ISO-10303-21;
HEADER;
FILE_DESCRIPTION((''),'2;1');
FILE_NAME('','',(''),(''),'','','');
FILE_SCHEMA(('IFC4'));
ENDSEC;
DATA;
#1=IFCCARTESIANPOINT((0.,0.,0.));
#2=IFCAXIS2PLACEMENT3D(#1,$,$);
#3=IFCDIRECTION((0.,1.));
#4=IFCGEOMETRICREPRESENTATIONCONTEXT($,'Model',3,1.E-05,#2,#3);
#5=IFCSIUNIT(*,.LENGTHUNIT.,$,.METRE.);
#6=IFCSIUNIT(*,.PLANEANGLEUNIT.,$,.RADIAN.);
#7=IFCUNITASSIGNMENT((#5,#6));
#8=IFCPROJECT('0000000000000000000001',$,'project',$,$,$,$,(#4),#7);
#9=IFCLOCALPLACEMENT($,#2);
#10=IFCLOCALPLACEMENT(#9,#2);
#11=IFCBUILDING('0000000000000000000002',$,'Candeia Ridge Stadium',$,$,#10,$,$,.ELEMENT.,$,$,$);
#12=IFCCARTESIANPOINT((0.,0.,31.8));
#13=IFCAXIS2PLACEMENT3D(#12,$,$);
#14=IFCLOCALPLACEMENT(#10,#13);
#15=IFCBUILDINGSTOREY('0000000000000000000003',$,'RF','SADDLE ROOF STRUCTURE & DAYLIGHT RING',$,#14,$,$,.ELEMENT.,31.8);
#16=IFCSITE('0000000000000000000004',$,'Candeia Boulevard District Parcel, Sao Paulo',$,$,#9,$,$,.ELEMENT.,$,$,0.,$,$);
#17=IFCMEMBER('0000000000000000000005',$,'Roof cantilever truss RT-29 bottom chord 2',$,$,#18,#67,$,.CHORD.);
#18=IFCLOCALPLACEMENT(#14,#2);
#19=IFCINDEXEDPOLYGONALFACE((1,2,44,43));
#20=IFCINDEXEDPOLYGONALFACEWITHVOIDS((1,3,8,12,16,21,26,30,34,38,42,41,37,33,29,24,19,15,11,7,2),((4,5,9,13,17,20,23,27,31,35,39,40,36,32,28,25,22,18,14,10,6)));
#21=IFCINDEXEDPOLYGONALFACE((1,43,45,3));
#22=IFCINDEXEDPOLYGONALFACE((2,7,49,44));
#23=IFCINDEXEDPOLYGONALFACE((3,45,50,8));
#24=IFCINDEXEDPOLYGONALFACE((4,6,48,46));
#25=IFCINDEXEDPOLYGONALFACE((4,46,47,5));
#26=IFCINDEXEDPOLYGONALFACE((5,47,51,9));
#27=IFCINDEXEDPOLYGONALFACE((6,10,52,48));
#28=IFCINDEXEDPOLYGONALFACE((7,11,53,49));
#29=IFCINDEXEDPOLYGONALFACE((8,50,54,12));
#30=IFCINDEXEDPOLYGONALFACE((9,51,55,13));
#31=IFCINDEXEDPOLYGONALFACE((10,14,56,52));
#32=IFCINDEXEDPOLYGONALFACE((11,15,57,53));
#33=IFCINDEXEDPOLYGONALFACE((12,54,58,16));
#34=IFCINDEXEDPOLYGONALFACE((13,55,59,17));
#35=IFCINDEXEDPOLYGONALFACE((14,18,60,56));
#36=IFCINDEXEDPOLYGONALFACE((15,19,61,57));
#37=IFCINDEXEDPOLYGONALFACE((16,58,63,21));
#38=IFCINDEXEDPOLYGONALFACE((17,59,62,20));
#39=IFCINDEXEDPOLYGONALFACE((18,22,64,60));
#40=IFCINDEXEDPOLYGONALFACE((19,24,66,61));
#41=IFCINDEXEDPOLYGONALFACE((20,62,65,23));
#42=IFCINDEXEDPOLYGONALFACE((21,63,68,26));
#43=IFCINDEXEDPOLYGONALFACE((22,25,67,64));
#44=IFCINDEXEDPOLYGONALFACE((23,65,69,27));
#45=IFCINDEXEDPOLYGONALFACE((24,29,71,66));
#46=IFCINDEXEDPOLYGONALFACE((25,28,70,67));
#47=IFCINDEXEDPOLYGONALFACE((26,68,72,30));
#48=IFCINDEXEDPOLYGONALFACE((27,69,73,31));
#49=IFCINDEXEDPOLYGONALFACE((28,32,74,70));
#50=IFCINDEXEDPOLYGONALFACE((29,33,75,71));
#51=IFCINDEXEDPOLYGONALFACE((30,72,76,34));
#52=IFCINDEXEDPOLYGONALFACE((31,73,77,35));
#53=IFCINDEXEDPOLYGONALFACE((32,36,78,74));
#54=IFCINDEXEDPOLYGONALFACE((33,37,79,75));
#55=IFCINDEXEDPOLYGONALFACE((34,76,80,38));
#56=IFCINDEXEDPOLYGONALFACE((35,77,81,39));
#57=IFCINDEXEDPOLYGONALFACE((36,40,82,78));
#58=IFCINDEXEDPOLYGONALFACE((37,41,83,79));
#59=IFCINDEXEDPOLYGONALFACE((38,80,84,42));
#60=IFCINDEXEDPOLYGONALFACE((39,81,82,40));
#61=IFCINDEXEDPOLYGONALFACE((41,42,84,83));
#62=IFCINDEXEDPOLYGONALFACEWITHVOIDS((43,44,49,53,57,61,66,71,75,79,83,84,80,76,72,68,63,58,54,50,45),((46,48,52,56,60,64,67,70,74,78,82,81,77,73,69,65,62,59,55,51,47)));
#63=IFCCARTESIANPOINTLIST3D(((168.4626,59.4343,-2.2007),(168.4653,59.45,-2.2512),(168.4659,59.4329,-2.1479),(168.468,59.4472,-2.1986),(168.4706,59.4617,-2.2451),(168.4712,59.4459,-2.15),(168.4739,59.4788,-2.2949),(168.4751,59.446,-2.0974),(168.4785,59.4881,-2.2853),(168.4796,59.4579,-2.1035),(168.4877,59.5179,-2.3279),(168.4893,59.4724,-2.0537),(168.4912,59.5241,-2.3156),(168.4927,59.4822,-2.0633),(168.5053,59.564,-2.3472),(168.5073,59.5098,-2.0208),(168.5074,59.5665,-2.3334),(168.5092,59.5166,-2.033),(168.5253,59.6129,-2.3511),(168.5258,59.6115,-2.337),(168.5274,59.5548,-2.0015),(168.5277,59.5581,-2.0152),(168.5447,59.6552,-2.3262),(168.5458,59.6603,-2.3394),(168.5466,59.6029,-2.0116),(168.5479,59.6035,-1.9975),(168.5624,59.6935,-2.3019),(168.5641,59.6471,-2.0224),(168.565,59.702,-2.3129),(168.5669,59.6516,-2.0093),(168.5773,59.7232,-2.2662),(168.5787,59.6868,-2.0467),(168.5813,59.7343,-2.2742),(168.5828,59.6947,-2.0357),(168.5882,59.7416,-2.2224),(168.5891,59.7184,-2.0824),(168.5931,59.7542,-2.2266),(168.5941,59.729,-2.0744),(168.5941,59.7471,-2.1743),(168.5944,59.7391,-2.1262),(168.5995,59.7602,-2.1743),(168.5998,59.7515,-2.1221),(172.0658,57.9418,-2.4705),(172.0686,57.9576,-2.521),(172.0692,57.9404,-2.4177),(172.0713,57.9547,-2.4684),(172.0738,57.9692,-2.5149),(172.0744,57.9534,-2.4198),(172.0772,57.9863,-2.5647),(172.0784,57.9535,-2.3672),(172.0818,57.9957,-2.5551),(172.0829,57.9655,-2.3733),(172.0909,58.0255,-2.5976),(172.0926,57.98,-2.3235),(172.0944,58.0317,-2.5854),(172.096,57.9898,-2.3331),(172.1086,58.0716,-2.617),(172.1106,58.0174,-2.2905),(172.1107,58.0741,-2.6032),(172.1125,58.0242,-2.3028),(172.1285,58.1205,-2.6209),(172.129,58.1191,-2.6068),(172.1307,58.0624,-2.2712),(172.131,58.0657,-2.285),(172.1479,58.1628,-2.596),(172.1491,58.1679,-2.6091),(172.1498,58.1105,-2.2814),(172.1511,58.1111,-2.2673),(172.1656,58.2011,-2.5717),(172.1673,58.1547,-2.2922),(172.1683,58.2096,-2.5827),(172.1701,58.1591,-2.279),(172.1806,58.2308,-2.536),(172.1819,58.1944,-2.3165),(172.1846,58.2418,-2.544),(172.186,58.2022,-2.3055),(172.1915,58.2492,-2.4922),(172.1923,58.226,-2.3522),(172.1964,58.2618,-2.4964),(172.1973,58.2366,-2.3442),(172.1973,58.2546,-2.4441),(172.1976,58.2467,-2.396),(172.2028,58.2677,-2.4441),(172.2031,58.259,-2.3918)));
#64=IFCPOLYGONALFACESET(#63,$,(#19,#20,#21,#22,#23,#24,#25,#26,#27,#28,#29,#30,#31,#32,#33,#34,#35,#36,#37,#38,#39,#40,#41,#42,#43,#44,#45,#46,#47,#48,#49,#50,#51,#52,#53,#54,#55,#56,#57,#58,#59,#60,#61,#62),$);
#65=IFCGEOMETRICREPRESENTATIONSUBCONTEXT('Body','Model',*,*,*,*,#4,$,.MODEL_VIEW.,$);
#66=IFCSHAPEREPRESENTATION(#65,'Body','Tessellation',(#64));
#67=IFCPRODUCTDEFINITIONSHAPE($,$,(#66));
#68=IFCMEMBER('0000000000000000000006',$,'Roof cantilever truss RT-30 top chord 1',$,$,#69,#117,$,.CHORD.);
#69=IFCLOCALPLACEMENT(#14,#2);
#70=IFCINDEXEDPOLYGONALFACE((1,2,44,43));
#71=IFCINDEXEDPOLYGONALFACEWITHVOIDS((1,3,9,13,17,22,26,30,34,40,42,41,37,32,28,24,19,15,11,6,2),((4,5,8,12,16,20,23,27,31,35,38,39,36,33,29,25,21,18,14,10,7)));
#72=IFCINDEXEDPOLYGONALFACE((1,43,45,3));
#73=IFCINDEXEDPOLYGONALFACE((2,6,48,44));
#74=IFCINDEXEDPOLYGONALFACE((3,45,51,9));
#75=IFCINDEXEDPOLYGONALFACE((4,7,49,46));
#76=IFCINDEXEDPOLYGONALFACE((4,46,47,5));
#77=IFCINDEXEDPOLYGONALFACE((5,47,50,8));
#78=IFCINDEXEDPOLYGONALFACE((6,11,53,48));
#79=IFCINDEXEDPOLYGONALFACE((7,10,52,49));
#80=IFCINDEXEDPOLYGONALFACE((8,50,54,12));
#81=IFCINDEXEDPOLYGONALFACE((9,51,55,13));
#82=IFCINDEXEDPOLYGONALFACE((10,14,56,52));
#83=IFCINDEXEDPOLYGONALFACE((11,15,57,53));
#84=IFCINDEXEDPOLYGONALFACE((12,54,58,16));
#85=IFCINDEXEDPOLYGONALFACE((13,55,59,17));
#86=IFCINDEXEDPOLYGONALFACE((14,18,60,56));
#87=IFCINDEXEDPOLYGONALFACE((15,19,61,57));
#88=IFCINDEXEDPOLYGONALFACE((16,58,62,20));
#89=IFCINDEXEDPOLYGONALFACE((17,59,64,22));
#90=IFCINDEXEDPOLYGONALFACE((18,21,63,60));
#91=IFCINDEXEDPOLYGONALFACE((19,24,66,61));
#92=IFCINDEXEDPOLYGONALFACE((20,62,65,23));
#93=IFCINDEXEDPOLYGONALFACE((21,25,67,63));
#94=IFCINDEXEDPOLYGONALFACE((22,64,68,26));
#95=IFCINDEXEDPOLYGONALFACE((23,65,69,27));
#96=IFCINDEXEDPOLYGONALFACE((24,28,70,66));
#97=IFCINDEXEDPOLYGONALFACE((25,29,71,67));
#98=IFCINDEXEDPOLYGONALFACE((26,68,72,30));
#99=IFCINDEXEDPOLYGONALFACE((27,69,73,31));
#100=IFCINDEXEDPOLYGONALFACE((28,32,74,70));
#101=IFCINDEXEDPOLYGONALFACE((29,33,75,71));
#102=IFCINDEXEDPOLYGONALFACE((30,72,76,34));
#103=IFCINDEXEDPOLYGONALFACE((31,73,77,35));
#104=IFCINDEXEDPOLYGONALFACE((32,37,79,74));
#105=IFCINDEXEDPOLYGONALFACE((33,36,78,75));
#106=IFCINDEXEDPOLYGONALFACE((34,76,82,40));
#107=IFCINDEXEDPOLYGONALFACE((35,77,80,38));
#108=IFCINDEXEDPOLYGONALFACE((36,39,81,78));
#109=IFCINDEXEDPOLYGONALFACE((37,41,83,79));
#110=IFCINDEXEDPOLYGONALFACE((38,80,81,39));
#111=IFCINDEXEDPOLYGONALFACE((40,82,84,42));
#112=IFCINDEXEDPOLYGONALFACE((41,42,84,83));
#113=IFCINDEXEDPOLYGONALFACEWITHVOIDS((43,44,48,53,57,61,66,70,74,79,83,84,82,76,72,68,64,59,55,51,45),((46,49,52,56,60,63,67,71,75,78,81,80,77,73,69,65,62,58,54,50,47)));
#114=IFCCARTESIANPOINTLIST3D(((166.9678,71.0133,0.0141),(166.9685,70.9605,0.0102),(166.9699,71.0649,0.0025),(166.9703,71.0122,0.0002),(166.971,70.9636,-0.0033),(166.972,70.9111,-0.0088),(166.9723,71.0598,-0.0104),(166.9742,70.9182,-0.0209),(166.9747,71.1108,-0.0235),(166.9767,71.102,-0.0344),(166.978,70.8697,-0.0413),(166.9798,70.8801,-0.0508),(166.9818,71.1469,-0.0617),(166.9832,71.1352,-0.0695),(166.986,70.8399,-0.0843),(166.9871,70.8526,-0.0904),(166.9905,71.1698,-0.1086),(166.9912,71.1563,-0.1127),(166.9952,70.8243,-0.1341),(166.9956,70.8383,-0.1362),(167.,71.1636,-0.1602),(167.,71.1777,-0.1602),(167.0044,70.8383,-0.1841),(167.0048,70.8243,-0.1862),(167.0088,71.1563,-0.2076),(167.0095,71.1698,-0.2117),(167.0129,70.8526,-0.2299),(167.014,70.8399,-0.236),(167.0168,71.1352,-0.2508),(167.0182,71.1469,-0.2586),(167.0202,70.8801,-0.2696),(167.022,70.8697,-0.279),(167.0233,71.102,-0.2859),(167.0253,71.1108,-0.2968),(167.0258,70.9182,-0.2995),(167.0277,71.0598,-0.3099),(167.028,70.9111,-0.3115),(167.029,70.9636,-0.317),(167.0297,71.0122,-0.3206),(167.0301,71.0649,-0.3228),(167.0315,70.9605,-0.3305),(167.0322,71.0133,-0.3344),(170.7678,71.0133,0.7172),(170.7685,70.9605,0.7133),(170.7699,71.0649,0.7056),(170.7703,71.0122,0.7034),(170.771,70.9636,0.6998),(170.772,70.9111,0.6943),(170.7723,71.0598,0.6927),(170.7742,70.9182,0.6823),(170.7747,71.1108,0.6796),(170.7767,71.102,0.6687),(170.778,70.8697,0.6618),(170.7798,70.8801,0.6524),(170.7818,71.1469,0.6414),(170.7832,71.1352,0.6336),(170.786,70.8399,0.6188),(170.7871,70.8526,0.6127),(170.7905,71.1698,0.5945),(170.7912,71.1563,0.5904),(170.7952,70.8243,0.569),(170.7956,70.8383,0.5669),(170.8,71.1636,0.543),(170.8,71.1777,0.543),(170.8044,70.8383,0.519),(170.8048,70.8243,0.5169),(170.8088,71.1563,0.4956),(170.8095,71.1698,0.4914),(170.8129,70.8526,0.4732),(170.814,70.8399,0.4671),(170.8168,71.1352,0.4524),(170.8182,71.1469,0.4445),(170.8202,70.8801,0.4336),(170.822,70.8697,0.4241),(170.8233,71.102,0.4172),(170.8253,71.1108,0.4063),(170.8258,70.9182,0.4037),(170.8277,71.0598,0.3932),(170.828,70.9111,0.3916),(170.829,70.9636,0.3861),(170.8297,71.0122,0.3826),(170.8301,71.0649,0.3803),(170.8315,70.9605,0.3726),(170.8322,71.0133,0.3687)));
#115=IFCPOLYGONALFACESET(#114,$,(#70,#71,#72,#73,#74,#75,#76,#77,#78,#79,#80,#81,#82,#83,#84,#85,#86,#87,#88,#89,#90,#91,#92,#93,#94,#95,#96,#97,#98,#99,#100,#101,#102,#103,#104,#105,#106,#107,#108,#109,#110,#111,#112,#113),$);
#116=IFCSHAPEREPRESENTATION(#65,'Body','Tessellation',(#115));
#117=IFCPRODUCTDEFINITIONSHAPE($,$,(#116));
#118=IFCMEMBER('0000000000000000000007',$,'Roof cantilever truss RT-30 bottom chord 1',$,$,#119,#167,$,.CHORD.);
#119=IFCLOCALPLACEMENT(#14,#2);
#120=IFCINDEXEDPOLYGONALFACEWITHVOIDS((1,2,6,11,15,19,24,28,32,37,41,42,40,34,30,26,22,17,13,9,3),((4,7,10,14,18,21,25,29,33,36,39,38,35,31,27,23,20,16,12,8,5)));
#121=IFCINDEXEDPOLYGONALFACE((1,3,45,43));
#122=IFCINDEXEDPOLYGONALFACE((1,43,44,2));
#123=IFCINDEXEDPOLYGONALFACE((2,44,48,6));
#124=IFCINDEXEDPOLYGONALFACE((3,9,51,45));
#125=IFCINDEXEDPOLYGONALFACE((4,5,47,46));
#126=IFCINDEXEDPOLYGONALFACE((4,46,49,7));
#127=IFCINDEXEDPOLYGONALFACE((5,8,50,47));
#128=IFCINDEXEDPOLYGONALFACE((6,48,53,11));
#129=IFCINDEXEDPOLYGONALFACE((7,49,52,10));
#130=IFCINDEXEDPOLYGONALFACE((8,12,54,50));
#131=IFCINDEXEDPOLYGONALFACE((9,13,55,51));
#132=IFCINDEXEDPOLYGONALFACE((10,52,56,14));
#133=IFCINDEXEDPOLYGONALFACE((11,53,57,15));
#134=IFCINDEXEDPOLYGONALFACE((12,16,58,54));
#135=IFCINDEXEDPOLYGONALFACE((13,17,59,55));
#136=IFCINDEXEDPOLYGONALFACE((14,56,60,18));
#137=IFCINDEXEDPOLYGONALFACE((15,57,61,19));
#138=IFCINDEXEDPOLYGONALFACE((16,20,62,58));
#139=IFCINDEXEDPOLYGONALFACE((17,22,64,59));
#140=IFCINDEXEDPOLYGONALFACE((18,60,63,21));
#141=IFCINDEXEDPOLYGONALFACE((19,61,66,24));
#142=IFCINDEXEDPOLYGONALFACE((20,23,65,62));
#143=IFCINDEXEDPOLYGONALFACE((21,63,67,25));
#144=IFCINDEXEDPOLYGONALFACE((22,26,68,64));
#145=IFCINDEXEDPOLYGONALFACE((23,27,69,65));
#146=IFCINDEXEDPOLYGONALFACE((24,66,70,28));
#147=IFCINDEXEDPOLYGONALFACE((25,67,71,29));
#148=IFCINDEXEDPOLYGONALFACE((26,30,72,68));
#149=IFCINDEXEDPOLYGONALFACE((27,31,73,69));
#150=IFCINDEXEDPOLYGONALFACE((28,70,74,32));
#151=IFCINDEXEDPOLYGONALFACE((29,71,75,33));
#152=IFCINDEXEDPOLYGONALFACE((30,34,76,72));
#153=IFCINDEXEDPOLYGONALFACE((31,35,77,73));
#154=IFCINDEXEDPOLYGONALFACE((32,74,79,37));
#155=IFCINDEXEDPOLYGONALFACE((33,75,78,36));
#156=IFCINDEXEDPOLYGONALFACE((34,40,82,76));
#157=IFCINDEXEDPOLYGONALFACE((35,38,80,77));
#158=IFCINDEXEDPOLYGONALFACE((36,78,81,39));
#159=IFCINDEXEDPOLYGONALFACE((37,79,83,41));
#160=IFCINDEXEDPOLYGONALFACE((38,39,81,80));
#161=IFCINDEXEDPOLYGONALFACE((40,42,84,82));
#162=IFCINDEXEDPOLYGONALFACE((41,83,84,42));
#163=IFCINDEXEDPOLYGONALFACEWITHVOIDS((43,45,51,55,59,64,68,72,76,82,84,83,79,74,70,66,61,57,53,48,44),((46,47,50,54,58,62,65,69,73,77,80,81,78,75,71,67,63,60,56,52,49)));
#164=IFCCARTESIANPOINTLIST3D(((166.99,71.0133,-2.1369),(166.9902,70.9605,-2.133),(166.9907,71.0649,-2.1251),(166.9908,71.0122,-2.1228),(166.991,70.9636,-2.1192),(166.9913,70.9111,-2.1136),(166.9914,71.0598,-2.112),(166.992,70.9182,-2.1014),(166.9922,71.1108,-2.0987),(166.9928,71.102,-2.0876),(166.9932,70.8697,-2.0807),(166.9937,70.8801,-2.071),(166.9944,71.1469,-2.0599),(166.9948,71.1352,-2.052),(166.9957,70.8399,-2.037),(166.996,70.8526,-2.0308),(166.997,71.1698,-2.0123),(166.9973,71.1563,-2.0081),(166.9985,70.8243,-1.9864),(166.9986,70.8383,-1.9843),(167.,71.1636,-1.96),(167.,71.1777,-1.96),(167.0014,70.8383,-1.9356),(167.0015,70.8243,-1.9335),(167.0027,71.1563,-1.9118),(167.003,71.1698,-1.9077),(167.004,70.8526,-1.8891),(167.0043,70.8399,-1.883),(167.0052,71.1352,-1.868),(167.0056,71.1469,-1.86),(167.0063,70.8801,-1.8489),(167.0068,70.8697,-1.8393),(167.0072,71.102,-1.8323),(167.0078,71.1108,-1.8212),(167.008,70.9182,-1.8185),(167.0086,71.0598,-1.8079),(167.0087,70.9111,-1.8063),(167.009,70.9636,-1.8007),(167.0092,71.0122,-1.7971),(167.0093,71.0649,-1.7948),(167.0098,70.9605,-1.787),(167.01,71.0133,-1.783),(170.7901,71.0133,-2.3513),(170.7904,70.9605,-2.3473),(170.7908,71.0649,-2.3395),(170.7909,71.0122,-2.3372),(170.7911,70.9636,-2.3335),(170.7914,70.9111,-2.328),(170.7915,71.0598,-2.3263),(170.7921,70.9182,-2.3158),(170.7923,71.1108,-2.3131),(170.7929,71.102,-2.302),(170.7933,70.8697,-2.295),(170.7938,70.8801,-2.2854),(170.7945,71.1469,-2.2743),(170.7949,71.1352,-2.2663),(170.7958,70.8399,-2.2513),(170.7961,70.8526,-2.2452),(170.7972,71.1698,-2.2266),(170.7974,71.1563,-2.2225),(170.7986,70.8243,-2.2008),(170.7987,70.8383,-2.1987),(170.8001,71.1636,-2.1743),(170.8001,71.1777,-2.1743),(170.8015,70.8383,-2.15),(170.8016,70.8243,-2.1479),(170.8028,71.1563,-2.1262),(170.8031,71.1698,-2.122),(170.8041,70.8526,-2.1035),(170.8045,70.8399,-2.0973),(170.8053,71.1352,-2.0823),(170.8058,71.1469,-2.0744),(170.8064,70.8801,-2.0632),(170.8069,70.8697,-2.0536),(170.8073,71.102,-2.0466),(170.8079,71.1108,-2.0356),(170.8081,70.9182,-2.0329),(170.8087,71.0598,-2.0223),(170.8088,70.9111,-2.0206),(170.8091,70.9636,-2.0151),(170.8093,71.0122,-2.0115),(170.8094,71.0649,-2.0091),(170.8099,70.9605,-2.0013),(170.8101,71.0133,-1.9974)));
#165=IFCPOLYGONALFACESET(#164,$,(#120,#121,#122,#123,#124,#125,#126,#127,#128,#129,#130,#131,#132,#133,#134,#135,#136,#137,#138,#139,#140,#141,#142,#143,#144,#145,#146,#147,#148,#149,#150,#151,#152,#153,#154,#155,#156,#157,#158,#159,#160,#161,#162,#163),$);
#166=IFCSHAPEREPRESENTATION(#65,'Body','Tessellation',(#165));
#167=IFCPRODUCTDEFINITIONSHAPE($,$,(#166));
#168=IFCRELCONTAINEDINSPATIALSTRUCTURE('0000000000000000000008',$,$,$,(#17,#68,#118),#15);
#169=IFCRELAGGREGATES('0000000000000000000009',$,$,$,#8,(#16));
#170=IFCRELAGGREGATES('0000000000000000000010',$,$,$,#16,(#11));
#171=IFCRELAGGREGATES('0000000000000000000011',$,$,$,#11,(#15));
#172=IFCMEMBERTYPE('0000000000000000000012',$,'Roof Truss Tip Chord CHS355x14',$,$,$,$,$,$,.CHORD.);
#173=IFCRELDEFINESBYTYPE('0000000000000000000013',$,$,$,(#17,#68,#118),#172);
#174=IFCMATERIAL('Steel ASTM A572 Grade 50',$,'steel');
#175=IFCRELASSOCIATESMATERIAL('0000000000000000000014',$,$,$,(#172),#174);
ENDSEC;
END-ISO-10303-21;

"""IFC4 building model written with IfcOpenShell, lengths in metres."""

from ifc_helpers import new_model, si_unit, direction, frame, origin, origin_2d, place, context, subcontext, project, spatial, hollow_circle, extrude, material, material_profile, profile_set, type_object, element, save


model = new_model("IFC4")

# Units and contexts
model_context = context("Model", 3, precision=1e-05, world=origin(), true_north=direction((0.0, 1.0)))
body_context = subcontext(model_context, "Body", "Model", "MODEL_VIEW")
ifc_project = project(units=[si_unit("LENGTHUNIT", "METRE"), si_unit("PLANEANGLEUNIT", "RADIAN")], contexts=[model_context])

# Site, building, storey
site_placement = place(None, origin())
site = spatial("IfcSite", under=ifc_project, at=site_placement, Name="Candeia Boulevard District Parcel, Sao Paulo", CompositionType="ELEMENT", RefElevation=0.0)
building_placement = place(site_placement, origin())
building = spatial("IfcBuilding", under=site, at=building_placement, Name="Candeia Ridge Stadium", CompositionType="ELEMENT")
storey_placement = place(building_placement, frame((0.0, 0.0, 31.8)))
storey = spatial("IfcBuildingStorey", under=building, at=storey_placement, Name="RF", Description="SADDLE ROOF STRUCTURE & DAYLIGHT RING", CompositionType="ELEMENT", Elevation=31.8)

# Shared definitions
ifc_material_1 = material(Name="Steel ASTM A572 Grade 50", Category="steel")

# Members
ifc_material_profile_1 = material_profile(ifc_material_1, hollow_circle(Radius=0.1777, WallThickness=0.0142, at=origin_2d()), Name="CHS355x14", Category="steel")
ifc_profile_set_1 = profile_set([ifc_material_profile_1], Name="Steel ASTM A572 Grade 50")
member_type_1 = type_object("IfcMemberType", Name="Roof Truss Tip Chord CHS355x14", PredefinedType="CHORD", material=ifc_profile_set_1)
member_1_placement = place(storey_placement, frame((168.5315, 59.5959, -2.1743), z_axis=(0.921686, -0.381751, -0.069006), x_axis=(0.382663, 0.923888, 0.0)))
element("IfcMember", 1, at=member_1_placement, inside=storey, type_object=member_type_1, Name="Roof cantilever truss RT-29 bottom chord 2", PredefinedType="CHORD", context=body_context, shape_type="SweptSolid", body=[
    extrude(hollow_circle(Radius=0.1777, WallThickness=0.0142, at=origin_2d()), origin(), (0.0, 0.0, 1.0), 3.9094),
])
member_2_placement = place(storey_placement, frame((167.0, 71.0, -0.1602), z_axis=(0.983309, 0.0, 0.181942), x_axis=(0.0, 1.0, 0.0)))
element("IfcMember", 2, at=member_2_placement, inside=storey, type_object=member_type_1, Name="Roof cantilever truss RT-30 top chord 1", PredefinedType="CHORD", context=body_context, shape_type="SweptSolid", body=[
    extrude(hollow_circle(Radius=0.1777, WallThickness=0.0142, at=origin_2d()), origin(), (0.0, 0.0, 1.0), 3.8645),
])
member_3_placement = place(storey_placement, frame((167.0, 71.0, -1.96), z_axis=(0.998413, 0.0, -0.056319), x_axis=(0.0, 1.0, 0.0)))
element("IfcMember", 3, at=member_3_placement, inside=storey, type_object=member_type_1, Name="Roof cantilever truss RT-30 bottom chord 1", PredefinedType="CHORD", context=body_context, shape_type="SweptSolid", body=[
    extrude(hollow_circle(Radius=0.1777, WallThickness=0.0142, at=origin_2d()), origin(), (0.0, 0.0, 1.0), 3.8062),
])

save(model, "model.ifc")
